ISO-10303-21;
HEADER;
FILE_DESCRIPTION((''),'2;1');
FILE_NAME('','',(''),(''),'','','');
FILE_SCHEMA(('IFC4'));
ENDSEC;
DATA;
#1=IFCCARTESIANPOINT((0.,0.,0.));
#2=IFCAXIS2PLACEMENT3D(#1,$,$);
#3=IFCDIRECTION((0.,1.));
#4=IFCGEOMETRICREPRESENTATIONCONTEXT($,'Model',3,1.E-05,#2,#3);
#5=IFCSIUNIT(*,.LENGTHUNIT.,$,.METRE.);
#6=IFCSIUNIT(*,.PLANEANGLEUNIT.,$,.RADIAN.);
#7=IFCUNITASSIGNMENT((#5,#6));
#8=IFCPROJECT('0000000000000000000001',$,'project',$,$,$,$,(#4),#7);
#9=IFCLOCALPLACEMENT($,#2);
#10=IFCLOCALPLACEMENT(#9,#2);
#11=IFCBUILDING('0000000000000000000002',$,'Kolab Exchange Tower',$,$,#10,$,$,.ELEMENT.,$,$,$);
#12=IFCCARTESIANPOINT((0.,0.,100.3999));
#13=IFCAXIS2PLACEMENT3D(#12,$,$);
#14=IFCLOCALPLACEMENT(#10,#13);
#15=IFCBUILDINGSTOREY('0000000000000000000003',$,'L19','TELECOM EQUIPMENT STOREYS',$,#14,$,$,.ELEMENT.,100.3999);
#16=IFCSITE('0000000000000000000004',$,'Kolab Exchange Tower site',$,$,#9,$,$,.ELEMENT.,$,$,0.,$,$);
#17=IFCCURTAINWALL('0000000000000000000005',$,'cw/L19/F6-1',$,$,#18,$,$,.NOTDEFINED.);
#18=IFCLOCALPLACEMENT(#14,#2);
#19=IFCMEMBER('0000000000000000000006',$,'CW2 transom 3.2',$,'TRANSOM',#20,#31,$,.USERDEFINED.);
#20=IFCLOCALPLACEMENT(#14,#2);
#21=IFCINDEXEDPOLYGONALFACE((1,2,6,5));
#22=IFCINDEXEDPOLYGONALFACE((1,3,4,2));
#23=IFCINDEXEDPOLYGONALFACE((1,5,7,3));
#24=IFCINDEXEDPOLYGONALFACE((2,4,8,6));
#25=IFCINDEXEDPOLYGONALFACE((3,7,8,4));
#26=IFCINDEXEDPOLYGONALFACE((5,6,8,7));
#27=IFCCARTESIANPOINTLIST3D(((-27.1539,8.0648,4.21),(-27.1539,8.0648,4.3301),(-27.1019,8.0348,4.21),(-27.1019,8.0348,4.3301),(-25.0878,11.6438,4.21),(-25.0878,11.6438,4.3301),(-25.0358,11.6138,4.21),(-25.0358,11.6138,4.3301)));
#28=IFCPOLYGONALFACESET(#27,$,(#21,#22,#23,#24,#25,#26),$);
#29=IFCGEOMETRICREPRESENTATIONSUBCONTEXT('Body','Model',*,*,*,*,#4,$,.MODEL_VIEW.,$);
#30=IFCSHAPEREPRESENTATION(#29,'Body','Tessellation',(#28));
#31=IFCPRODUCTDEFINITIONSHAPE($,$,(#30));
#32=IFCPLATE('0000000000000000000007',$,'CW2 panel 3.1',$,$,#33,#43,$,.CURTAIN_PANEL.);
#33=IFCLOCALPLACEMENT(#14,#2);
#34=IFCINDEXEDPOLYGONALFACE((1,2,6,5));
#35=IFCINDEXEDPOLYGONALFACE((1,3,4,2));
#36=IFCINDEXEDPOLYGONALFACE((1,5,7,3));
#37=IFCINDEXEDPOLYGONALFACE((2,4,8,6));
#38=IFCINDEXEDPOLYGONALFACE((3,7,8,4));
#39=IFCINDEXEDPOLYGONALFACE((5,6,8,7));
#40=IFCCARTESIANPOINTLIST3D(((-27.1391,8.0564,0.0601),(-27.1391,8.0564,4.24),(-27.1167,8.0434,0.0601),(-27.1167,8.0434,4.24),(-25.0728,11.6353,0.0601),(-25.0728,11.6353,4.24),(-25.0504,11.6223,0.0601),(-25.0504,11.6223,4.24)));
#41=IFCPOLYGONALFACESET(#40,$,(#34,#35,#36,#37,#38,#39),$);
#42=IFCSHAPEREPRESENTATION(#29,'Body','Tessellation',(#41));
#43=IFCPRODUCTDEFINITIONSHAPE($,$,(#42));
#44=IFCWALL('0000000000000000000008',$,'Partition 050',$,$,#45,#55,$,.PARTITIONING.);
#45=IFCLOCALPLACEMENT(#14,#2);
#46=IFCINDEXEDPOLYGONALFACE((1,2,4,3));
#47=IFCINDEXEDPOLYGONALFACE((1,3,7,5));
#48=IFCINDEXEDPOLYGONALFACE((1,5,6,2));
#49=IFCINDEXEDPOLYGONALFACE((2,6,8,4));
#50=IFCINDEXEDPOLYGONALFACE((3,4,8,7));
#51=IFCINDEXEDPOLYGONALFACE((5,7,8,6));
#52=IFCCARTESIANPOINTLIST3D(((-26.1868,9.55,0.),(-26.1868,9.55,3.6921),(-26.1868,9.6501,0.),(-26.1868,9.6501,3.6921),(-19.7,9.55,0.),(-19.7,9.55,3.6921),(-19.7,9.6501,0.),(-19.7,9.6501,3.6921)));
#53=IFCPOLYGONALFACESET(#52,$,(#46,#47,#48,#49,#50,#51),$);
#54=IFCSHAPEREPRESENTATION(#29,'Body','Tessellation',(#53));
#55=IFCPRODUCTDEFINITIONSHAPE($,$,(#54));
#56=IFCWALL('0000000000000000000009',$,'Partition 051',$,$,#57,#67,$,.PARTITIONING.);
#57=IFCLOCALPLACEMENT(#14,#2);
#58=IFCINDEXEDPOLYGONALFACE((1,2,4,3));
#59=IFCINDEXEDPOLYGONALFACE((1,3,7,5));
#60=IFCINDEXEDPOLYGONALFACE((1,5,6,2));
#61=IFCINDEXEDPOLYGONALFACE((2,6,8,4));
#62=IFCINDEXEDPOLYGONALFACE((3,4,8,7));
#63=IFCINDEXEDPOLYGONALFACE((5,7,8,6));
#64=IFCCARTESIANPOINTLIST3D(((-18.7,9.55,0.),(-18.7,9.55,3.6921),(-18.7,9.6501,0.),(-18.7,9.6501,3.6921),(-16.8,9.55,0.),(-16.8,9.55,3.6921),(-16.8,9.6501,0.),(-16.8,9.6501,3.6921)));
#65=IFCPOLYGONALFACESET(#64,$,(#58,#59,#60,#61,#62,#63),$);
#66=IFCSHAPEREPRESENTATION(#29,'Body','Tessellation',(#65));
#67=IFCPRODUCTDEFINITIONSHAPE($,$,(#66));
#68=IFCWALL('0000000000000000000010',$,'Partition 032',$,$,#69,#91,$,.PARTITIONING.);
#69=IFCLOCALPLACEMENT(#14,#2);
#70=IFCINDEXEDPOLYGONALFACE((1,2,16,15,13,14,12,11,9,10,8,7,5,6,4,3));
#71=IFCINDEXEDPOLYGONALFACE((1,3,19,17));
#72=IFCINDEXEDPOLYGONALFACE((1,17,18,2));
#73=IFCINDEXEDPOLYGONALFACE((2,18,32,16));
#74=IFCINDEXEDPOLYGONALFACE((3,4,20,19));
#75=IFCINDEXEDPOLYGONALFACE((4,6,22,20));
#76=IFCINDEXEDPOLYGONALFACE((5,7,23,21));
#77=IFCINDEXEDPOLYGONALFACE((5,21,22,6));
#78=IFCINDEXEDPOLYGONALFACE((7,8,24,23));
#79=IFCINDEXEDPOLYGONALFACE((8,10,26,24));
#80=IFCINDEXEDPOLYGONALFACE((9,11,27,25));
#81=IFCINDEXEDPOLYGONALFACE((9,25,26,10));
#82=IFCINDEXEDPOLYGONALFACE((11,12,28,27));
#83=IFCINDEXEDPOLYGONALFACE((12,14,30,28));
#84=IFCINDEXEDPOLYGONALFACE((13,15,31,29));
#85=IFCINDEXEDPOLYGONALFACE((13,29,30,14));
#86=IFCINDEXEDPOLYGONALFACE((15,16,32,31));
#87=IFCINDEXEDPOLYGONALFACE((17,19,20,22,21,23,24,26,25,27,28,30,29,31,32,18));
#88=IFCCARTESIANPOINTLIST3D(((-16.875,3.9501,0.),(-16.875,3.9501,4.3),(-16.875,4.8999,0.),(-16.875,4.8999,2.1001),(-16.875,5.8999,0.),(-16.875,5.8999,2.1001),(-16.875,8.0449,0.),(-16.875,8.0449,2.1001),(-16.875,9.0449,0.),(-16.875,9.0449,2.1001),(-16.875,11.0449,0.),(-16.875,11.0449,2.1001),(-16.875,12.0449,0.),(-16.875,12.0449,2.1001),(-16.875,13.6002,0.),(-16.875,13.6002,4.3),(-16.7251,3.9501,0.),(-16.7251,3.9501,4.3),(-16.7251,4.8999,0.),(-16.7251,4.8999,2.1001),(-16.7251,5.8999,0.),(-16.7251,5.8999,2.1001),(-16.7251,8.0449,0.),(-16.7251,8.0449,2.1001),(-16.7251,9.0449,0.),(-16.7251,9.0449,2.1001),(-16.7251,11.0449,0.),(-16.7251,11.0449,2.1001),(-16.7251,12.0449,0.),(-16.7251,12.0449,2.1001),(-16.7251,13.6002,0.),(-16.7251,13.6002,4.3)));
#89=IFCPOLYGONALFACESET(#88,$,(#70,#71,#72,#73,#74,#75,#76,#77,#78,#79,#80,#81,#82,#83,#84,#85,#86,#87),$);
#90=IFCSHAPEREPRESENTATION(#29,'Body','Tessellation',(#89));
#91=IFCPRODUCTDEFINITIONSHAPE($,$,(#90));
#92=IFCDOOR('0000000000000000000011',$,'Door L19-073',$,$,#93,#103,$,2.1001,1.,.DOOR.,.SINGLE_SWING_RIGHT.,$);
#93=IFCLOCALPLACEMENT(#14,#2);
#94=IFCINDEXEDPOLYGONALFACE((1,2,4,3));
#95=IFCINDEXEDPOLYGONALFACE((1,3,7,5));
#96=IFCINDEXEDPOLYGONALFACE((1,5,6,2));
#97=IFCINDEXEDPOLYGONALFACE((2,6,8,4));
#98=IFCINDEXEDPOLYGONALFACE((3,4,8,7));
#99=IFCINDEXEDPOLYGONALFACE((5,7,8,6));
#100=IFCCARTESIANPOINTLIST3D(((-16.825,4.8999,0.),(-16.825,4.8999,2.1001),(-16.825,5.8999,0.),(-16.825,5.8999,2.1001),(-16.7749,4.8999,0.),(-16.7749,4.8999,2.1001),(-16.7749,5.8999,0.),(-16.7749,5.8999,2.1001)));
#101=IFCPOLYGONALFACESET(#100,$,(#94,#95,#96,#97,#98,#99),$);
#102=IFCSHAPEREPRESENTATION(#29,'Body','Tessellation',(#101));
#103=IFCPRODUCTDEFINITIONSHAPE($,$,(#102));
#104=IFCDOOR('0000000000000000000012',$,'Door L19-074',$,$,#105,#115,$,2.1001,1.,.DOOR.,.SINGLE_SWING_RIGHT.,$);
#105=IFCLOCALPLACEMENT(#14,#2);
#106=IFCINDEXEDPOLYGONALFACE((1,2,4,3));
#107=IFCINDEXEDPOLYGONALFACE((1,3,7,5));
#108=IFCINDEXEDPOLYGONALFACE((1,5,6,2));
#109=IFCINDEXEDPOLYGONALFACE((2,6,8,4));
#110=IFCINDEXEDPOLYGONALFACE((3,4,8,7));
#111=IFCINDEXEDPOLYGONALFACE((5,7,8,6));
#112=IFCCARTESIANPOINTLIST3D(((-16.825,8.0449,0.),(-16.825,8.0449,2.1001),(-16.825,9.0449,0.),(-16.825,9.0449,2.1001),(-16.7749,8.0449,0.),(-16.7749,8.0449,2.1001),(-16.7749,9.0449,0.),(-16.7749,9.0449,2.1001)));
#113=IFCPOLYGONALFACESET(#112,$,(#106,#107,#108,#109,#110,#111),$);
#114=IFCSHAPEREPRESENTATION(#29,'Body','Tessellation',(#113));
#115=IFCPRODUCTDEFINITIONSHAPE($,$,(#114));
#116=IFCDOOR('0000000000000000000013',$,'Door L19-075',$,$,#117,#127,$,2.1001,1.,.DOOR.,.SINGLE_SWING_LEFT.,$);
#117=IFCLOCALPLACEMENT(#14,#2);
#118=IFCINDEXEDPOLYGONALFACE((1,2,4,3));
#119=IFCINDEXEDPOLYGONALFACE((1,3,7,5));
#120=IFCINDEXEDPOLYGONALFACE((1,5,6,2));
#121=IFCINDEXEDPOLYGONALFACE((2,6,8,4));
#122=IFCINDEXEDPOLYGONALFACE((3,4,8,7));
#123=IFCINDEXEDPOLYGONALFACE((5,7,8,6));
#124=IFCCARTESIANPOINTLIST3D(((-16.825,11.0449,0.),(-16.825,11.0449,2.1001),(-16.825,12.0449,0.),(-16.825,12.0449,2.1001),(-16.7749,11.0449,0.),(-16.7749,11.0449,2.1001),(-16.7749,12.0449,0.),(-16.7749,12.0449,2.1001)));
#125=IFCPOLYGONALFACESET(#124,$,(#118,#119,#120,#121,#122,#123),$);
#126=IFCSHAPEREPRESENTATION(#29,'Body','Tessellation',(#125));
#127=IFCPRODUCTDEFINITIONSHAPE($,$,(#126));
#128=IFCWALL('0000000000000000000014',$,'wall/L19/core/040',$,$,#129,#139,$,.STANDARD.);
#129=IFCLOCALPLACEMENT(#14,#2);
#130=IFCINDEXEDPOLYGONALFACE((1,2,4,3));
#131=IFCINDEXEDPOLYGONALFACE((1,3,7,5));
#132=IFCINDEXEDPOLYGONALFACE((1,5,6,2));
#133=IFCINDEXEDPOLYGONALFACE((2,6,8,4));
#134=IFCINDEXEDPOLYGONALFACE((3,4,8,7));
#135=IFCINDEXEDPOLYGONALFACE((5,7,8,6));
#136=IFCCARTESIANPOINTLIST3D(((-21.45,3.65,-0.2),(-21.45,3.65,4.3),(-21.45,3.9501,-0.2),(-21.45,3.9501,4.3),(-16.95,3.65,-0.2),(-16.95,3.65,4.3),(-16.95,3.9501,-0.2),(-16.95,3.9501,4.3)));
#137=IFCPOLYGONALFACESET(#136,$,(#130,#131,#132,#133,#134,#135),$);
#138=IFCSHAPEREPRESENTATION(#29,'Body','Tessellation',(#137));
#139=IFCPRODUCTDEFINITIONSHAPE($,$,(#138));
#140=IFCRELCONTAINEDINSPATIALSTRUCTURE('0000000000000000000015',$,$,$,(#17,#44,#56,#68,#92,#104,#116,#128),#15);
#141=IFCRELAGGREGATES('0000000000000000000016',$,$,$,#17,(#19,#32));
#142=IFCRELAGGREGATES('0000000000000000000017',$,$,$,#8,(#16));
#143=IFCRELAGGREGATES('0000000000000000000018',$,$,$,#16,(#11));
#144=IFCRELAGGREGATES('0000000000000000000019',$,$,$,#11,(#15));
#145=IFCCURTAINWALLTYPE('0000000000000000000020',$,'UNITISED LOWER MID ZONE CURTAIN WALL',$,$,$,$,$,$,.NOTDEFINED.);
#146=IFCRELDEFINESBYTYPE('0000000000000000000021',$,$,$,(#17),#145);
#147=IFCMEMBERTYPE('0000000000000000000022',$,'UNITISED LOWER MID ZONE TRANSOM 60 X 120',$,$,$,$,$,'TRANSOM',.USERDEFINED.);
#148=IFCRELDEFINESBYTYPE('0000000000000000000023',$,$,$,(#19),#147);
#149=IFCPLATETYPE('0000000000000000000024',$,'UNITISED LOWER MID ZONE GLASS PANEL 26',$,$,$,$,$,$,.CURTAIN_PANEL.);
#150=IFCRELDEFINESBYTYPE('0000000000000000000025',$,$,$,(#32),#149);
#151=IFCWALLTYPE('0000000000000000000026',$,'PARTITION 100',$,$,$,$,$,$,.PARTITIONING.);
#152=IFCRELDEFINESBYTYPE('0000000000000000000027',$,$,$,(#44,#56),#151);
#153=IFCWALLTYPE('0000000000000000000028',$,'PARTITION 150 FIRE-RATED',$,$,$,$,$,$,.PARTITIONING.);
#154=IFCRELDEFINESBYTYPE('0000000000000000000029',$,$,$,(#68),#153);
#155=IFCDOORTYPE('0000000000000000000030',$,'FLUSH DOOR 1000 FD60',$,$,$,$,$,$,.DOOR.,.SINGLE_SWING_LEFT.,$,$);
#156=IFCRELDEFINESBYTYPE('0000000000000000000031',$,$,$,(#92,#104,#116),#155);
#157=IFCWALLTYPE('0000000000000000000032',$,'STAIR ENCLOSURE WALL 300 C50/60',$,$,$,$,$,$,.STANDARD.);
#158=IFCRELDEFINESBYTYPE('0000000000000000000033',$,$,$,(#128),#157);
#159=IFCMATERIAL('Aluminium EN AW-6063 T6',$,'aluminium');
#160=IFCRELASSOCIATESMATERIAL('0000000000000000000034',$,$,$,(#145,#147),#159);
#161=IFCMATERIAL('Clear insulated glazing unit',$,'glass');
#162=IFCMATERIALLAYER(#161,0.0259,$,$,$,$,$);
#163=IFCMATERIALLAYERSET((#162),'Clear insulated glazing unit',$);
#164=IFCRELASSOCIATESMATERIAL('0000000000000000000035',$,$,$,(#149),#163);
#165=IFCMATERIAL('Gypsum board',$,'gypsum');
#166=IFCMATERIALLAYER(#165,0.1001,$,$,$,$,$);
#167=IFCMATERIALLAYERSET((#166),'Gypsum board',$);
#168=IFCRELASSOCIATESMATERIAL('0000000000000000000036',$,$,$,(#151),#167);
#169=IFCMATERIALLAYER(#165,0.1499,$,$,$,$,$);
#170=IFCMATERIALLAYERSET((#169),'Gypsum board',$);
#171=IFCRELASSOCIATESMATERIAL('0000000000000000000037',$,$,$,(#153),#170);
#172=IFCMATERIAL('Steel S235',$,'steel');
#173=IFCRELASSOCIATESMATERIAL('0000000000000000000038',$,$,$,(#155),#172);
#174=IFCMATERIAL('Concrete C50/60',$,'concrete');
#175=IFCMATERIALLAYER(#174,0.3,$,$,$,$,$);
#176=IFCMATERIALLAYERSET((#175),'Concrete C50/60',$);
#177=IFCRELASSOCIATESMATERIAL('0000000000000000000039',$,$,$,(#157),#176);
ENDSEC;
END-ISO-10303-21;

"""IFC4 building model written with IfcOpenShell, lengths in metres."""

from ifc_helpers import new_model, si_unit, direction, frame, frame_2d, origin, origin_2d, place, context, subcontext, project, spatial, rectangle, extrude, material, layer, layer_set, material_profile, profile_set, type_object, element, fill, aggregate, save


model = new_model("IFC4")

# Units and contexts
model_context = context("Model", 3, precision=1e-05, world=origin(), true_north=direction((0.0, 1.0)))
body_context = subcontext(model_context, "Body", "Model", "MODEL_VIEW")
ifc_project = project(units=[si_unit("LENGTHUNIT", "METRE"), si_unit("PLANEANGLEUNIT", "RADIAN")], contexts=[model_context])

# Site, building, storey
site_placement = place(None, origin())
site = spatial("IfcSite", under=ifc_project, at=site_placement, Name="Kolab Exchange Tower site", CompositionType="ELEMENT", RefElevation=0.0)
building_placement = place(site_placement, origin())
building = spatial("IfcBuilding", under=site, at=building_placement, Name="Kolab Exchange Tower", CompositionType="ELEMENT")
storey_placement = place(building_placement, frame((0.0, 0.0, 100.3999)))
storey = spatial("IfcBuildingStorey", under=building, at=storey_placement, Name="L19", Description="TELECOM EQUIPMENT STOREYS", CompositionType="ELEMENT", Elevation=100.3999)

# Curtain wall, member, plate
ifc_material_1 = material(Name="Aluminium EN AW-6063 T6", Category="aluminium")
curtain_wall_type = type_object("IfcCurtainWallType", Name="UNITISED LOWER MID ZONE CURTAIN WALL", PredefinedType="NOTDEFINED", material=ifc_material_1)
curtain_wall_placement = place(storey_placement, origin())
curtain_wall = element("IfcCurtainWall", 1, at=curtain_wall_placement, inside=storey, type_object=curtain_wall_type, Name="cw/L19/F6-1", PredefinedType="NOTDEFINED")
ifc_material_profile_1 = material_profile(ifc_material_1, rectangle(XDim=0.0601, YDim=0.1201, at=origin_2d()), Name="RECT 60X120")
ifc_profile_set_1 = profile_set([ifc_material_profile_1], Name="Aluminium EN AW-6063 T6")
member_type_1 = type_object("IfcMemberType", Name="UNITISED LOWER MID ZONE TRANSOM 60 X 120", ElementType="TRANSOM", PredefinedType="USERDEFINED", material=ifc_profile_set_1)
member_1_placement = place(storey_placement, frame((-27.1279, 8.0498, 4.27), z_axis=(0.499958, 0.86605, 0.0), x_axis=(-0.86605, 0.499958, 0.0)))
member_1 = element("IfcMember", 2, at=member_1_placement, type_object=member_type_1, Name="CW2 transom 3.2", ObjectType="TRANSOM", PredefinedType="USERDEFINED", context=body_context, shape_type="SweptSolid", body=[
    extrude(rectangle(XDim=0.0601, YDim=0.1201, at=origin_2d()), origin(), (0.0, 0.0, 1.0), 4.1326),
])
ifc_material_2 = material(Name="Clear insulated glazing unit", Category="glass")
ifc_layer_1 = layer(ifc_material_2, 0.0259)
ifc_layer_set_1 = layer_set([ifc_layer_1], Name="Clear insulated glazing unit")
plate_type = type_object("IfcPlateType", Name="UNITISED LOWER MID ZONE GLASS PANEL 26", PredefinedType="CURTAIN_PANEL", material=ifc_layer_set_1)
plate_placement = place(storey_placement, frame((-26.0947, 9.8394, 0.0601), z_axis=(0.0, 0.0, 1.0), x_axis=(0.5, 0.866025, 0.0)))
plate = element("IfcPlate", 3, at=plate_placement, type_object=plate_type, Name="CW2 panel 3.1", PredefinedType="CURTAIN_PANEL", context=body_context, shape_type="SweptSolid", body=[
    extrude(rectangle(XDim=4.1326, YDim=0.0259, at=origin_2d()), origin(), (0.0, 0.0, 1.0), 4.1799),
])
aggregate(curtain_wall, [member_1, plate])

# Walls
ifc_material_3 = material(Name="Gypsum board", Category="gypsum")
ifc_layer_2 = layer(ifc_material_3, 0.1001)
ifc_layer_set_2 = layer_set([ifc_layer_2], Name="Gypsum board")
wall_type_1 = type_object("IfcWallType", Name="PARTITION 100", PredefinedType="PARTITIONING", material=ifc_layer_set_2)
wall_1_placement = place(storey_placement, frame((-26.1868, 9.6001, 0.0), z_axis=(0.0, 0.0, 1.0), x_axis=(1.0, 0.0, 0.0)))
element("IfcWall", 4, at=wall_1_placement, inside=storey, type_object=wall_type_1, Name="Partition 050", PredefinedType="PARTITIONING", context=body_context, shape_type="SweptSolid", body=[
    extrude(rectangle(XDim=6.4868, YDim=0.1001, at=frame_2d((3.2434, 0.0))), origin(), (0.0, 0.0, 1.0), 3.6921),
])
wall_2_placement = place(storey_placement, frame((-18.7, 9.6001, 0.0), z_axis=(0.0, 0.0, 1.0), x_axis=(1.0, 0.0, 0.0)))
element("IfcWall", 5, at=wall_2_placement, inside=storey, type_object=wall_type_1, Name="Partition 051", PredefinedType="PARTITIONING", context=body_context, shape_type="SweptSolid", body=[
    extrude(rectangle(XDim=1.8999, YDim=0.1001, at=frame_2d((0.95, 0.0))), origin(), (0.0, 0.0, 1.0), 3.6921),
])

# Wall, openings, doors
ifc_layer_3 = layer(ifc_material_3, 0.1499)
ifc_layer_set_3 = layer_set([ifc_layer_3], Name="Gypsum board")
wall_type_2 = type_object("IfcWallType", Name="PARTITION 150 FIRE-RATED", PredefinedType="PARTITIONING", material=ifc_layer_set_3)
wall_3_placement = place(storey_placement, frame((-16.8, 3.95, 0.0), z_axis=(0.0, 0.0, 1.0), x_axis=(0.0, 1.0, 0.0)))
wall_3 = element("IfcWall", 6, at=wall_3_placement, inside=storey, type_object=wall_type_2, Name="Partition 032", PredefinedType="PARTITIONING", context=body_context, shape_type="SweptSolid", body=[
    extrude(rectangle(XDim=9.6501, YDim=0.1499, at=frame_2d((4.8252, 0.0))), origin(), (0.0, 0.0, 1.0), 4.3),
])
opening_1_placement = place(wall_3_placement, frame((0.95, 0.0, 0.0)))
opening_1 = element("IfcOpeningElement", 7, at=opening_1_placement, cuts=wall_3, PredefinedType="OPENING", context=body_context, shape_type="SweptSolid", body=[
    extrude(rectangle(XDim=1.0, YDim=2.1001, at=frame_2d((0.5, 1.05))), frame((0.0, 0.085, 0.0), z_axis=(0.0, -1.0, 0.0), x_axis=(1.0, 0.0, 0.0)), (0.0, 0.0, 1.0), 0.1699),
])
opening_2_placement = place(wall_3_placement, frame((4.095, 0.0, 0.0)))
opening_2 = element("IfcOpeningElement", 8, at=opening_2_placement, cuts=wall_3, PredefinedType="OPENING", context=body_context, shape_type="SweptSolid", body=[
    extrude(rectangle(XDim=1.0, YDim=2.1001, at=frame_2d((0.5, 1.05))), frame((0.0, 0.085, 0.0), z_axis=(0.0, -1.0, 0.0), x_axis=(1.0, 0.0, 0.0)), (0.0, 0.0, 1.0), 0.1699),
])
opening_3_placement = place(wall_3_placement, frame((7.095, 0.0, 0.0)))
opening_3 = element("IfcOpeningElement", 9, at=opening_3_placement, cuts=wall_3, PredefinedType="OPENING", context=body_context, shape_type="SweptSolid", body=[
    extrude(rectangle(XDim=1.0, YDim=2.1001, at=frame_2d((0.5, 1.05))), frame((0.0, 0.085, 0.0), z_axis=(0.0, -1.0, 0.0), x_axis=(1.0, 0.0, 0.0)), (0.0, 0.0, 1.0), 0.1699),
])
ifc_material_4 = material(Name="Steel S235", Category="steel")
door_type = type_object("IfcDoorType", Name="FLUSH DOOR 1000 FD60", OperationType="SINGLE_SWING_LEFT", PredefinedType="DOOR", material=ifc_material_4)
door_1_placement = place(opening_1_placement, origin())
door_1 = element("IfcDoor", 10, at=door_1_placement, inside=storey, type_object=door_type, Name="Door L19-073", OperationType="SINGLE_SWING_RIGHT", OverallHeight=2.1001, OverallWidth=1.0, PredefinedType="DOOR", context=body_context, shape_type="SweptSolid", body=[
    extrude(rectangle(XDim=1.0, YDim=2.1001, at=frame_2d((0.5, 1.05))), frame((0.0, 0.0249, 0.0), z_axis=(0.0, -1.0, 0.0), x_axis=(1.0, 0.0, 0.0)), (0.0, 0.0, 1.0), 0.05),
])
fill(opening_1, door_1)
door_2_placement = place(opening_2_placement, origin())
door_2 = element("IfcDoor", 11, at=door_2_placement, inside=storey, type_object=door_type, Name="Door L19-074", OperationType="SINGLE_SWING_RIGHT", OverallHeight=2.1001, OverallWidth=1.0, PredefinedType="DOOR", context=body_context, shape_type="SweptSolid", body=[
    extrude(rectangle(XDim=1.0, YDim=2.1001, at=frame_2d((0.5, 1.05))), frame((0.0, 0.0249, 0.0), z_axis=(0.0, -1.0, 0.0), x_axis=(1.0, 0.0, 0.0)), (0.0, 0.0, 1.0), 0.05),
])
fill(opening_2, door_2)
door_3_placement = place(opening_3_placement, origin())
door_3 = element("IfcDoor", 12, at=door_3_placement, inside=storey, type_object=door_type, Name="Door L19-075", OperationType="SINGLE_SWING_LEFT", OverallHeight=2.1001, OverallWidth=1.0, PredefinedType="DOOR", context=body_context, shape_type="SweptSolid", body=[
    extrude(rectangle(XDim=1.0, YDim=2.1001, at=frame_2d((0.5, 1.05))), frame((0.0, 0.0249, 0.0), z_axis=(0.0, -1.0, 0.0), x_axis=(1.0, 0.0, 0.0)), (0.0, 0.0, 1.0), 0.05),
])
fill(opening_3, door_3)

# Wall
ifc_material_5 = material(Name="Concrete C50/60", Category="concrete")
ifc_layer_4 = layer(ifc_material_5, 0.3)
ifc_layer_set_4 = layer_set([ifc_layer_4], Name="Concrete C50/60")
wall_type_3 = type_object("IfcWallType", Name="STAIR ENCLOSURE WALL 300 C50/60", PredefinedType="STANDARD", material=ifc_layer_set_4)
wall_4_placement = place(storey_placement, frame((-21.45, 3.8, -0.2), z_axis=(0.0, 0.0, 1.0), x_axis=(1.0, 0.0, 0.0)))
element("IfcWall", 13, at=wall_4_placement, inside=storey, type_object=wall_type_3, Name="wall/L19/core/040", PredefinedType="STANDARD", context=body_context, shape_type="SweptSolid", body=[
    extrude(rectangle(XDim=4.5, YDim=0.3, at=frame_2d((2.25, 0.0))), origin(), (0.0, 0.0, 1.0), 4.5),
])

save(model, "model.ifc")
